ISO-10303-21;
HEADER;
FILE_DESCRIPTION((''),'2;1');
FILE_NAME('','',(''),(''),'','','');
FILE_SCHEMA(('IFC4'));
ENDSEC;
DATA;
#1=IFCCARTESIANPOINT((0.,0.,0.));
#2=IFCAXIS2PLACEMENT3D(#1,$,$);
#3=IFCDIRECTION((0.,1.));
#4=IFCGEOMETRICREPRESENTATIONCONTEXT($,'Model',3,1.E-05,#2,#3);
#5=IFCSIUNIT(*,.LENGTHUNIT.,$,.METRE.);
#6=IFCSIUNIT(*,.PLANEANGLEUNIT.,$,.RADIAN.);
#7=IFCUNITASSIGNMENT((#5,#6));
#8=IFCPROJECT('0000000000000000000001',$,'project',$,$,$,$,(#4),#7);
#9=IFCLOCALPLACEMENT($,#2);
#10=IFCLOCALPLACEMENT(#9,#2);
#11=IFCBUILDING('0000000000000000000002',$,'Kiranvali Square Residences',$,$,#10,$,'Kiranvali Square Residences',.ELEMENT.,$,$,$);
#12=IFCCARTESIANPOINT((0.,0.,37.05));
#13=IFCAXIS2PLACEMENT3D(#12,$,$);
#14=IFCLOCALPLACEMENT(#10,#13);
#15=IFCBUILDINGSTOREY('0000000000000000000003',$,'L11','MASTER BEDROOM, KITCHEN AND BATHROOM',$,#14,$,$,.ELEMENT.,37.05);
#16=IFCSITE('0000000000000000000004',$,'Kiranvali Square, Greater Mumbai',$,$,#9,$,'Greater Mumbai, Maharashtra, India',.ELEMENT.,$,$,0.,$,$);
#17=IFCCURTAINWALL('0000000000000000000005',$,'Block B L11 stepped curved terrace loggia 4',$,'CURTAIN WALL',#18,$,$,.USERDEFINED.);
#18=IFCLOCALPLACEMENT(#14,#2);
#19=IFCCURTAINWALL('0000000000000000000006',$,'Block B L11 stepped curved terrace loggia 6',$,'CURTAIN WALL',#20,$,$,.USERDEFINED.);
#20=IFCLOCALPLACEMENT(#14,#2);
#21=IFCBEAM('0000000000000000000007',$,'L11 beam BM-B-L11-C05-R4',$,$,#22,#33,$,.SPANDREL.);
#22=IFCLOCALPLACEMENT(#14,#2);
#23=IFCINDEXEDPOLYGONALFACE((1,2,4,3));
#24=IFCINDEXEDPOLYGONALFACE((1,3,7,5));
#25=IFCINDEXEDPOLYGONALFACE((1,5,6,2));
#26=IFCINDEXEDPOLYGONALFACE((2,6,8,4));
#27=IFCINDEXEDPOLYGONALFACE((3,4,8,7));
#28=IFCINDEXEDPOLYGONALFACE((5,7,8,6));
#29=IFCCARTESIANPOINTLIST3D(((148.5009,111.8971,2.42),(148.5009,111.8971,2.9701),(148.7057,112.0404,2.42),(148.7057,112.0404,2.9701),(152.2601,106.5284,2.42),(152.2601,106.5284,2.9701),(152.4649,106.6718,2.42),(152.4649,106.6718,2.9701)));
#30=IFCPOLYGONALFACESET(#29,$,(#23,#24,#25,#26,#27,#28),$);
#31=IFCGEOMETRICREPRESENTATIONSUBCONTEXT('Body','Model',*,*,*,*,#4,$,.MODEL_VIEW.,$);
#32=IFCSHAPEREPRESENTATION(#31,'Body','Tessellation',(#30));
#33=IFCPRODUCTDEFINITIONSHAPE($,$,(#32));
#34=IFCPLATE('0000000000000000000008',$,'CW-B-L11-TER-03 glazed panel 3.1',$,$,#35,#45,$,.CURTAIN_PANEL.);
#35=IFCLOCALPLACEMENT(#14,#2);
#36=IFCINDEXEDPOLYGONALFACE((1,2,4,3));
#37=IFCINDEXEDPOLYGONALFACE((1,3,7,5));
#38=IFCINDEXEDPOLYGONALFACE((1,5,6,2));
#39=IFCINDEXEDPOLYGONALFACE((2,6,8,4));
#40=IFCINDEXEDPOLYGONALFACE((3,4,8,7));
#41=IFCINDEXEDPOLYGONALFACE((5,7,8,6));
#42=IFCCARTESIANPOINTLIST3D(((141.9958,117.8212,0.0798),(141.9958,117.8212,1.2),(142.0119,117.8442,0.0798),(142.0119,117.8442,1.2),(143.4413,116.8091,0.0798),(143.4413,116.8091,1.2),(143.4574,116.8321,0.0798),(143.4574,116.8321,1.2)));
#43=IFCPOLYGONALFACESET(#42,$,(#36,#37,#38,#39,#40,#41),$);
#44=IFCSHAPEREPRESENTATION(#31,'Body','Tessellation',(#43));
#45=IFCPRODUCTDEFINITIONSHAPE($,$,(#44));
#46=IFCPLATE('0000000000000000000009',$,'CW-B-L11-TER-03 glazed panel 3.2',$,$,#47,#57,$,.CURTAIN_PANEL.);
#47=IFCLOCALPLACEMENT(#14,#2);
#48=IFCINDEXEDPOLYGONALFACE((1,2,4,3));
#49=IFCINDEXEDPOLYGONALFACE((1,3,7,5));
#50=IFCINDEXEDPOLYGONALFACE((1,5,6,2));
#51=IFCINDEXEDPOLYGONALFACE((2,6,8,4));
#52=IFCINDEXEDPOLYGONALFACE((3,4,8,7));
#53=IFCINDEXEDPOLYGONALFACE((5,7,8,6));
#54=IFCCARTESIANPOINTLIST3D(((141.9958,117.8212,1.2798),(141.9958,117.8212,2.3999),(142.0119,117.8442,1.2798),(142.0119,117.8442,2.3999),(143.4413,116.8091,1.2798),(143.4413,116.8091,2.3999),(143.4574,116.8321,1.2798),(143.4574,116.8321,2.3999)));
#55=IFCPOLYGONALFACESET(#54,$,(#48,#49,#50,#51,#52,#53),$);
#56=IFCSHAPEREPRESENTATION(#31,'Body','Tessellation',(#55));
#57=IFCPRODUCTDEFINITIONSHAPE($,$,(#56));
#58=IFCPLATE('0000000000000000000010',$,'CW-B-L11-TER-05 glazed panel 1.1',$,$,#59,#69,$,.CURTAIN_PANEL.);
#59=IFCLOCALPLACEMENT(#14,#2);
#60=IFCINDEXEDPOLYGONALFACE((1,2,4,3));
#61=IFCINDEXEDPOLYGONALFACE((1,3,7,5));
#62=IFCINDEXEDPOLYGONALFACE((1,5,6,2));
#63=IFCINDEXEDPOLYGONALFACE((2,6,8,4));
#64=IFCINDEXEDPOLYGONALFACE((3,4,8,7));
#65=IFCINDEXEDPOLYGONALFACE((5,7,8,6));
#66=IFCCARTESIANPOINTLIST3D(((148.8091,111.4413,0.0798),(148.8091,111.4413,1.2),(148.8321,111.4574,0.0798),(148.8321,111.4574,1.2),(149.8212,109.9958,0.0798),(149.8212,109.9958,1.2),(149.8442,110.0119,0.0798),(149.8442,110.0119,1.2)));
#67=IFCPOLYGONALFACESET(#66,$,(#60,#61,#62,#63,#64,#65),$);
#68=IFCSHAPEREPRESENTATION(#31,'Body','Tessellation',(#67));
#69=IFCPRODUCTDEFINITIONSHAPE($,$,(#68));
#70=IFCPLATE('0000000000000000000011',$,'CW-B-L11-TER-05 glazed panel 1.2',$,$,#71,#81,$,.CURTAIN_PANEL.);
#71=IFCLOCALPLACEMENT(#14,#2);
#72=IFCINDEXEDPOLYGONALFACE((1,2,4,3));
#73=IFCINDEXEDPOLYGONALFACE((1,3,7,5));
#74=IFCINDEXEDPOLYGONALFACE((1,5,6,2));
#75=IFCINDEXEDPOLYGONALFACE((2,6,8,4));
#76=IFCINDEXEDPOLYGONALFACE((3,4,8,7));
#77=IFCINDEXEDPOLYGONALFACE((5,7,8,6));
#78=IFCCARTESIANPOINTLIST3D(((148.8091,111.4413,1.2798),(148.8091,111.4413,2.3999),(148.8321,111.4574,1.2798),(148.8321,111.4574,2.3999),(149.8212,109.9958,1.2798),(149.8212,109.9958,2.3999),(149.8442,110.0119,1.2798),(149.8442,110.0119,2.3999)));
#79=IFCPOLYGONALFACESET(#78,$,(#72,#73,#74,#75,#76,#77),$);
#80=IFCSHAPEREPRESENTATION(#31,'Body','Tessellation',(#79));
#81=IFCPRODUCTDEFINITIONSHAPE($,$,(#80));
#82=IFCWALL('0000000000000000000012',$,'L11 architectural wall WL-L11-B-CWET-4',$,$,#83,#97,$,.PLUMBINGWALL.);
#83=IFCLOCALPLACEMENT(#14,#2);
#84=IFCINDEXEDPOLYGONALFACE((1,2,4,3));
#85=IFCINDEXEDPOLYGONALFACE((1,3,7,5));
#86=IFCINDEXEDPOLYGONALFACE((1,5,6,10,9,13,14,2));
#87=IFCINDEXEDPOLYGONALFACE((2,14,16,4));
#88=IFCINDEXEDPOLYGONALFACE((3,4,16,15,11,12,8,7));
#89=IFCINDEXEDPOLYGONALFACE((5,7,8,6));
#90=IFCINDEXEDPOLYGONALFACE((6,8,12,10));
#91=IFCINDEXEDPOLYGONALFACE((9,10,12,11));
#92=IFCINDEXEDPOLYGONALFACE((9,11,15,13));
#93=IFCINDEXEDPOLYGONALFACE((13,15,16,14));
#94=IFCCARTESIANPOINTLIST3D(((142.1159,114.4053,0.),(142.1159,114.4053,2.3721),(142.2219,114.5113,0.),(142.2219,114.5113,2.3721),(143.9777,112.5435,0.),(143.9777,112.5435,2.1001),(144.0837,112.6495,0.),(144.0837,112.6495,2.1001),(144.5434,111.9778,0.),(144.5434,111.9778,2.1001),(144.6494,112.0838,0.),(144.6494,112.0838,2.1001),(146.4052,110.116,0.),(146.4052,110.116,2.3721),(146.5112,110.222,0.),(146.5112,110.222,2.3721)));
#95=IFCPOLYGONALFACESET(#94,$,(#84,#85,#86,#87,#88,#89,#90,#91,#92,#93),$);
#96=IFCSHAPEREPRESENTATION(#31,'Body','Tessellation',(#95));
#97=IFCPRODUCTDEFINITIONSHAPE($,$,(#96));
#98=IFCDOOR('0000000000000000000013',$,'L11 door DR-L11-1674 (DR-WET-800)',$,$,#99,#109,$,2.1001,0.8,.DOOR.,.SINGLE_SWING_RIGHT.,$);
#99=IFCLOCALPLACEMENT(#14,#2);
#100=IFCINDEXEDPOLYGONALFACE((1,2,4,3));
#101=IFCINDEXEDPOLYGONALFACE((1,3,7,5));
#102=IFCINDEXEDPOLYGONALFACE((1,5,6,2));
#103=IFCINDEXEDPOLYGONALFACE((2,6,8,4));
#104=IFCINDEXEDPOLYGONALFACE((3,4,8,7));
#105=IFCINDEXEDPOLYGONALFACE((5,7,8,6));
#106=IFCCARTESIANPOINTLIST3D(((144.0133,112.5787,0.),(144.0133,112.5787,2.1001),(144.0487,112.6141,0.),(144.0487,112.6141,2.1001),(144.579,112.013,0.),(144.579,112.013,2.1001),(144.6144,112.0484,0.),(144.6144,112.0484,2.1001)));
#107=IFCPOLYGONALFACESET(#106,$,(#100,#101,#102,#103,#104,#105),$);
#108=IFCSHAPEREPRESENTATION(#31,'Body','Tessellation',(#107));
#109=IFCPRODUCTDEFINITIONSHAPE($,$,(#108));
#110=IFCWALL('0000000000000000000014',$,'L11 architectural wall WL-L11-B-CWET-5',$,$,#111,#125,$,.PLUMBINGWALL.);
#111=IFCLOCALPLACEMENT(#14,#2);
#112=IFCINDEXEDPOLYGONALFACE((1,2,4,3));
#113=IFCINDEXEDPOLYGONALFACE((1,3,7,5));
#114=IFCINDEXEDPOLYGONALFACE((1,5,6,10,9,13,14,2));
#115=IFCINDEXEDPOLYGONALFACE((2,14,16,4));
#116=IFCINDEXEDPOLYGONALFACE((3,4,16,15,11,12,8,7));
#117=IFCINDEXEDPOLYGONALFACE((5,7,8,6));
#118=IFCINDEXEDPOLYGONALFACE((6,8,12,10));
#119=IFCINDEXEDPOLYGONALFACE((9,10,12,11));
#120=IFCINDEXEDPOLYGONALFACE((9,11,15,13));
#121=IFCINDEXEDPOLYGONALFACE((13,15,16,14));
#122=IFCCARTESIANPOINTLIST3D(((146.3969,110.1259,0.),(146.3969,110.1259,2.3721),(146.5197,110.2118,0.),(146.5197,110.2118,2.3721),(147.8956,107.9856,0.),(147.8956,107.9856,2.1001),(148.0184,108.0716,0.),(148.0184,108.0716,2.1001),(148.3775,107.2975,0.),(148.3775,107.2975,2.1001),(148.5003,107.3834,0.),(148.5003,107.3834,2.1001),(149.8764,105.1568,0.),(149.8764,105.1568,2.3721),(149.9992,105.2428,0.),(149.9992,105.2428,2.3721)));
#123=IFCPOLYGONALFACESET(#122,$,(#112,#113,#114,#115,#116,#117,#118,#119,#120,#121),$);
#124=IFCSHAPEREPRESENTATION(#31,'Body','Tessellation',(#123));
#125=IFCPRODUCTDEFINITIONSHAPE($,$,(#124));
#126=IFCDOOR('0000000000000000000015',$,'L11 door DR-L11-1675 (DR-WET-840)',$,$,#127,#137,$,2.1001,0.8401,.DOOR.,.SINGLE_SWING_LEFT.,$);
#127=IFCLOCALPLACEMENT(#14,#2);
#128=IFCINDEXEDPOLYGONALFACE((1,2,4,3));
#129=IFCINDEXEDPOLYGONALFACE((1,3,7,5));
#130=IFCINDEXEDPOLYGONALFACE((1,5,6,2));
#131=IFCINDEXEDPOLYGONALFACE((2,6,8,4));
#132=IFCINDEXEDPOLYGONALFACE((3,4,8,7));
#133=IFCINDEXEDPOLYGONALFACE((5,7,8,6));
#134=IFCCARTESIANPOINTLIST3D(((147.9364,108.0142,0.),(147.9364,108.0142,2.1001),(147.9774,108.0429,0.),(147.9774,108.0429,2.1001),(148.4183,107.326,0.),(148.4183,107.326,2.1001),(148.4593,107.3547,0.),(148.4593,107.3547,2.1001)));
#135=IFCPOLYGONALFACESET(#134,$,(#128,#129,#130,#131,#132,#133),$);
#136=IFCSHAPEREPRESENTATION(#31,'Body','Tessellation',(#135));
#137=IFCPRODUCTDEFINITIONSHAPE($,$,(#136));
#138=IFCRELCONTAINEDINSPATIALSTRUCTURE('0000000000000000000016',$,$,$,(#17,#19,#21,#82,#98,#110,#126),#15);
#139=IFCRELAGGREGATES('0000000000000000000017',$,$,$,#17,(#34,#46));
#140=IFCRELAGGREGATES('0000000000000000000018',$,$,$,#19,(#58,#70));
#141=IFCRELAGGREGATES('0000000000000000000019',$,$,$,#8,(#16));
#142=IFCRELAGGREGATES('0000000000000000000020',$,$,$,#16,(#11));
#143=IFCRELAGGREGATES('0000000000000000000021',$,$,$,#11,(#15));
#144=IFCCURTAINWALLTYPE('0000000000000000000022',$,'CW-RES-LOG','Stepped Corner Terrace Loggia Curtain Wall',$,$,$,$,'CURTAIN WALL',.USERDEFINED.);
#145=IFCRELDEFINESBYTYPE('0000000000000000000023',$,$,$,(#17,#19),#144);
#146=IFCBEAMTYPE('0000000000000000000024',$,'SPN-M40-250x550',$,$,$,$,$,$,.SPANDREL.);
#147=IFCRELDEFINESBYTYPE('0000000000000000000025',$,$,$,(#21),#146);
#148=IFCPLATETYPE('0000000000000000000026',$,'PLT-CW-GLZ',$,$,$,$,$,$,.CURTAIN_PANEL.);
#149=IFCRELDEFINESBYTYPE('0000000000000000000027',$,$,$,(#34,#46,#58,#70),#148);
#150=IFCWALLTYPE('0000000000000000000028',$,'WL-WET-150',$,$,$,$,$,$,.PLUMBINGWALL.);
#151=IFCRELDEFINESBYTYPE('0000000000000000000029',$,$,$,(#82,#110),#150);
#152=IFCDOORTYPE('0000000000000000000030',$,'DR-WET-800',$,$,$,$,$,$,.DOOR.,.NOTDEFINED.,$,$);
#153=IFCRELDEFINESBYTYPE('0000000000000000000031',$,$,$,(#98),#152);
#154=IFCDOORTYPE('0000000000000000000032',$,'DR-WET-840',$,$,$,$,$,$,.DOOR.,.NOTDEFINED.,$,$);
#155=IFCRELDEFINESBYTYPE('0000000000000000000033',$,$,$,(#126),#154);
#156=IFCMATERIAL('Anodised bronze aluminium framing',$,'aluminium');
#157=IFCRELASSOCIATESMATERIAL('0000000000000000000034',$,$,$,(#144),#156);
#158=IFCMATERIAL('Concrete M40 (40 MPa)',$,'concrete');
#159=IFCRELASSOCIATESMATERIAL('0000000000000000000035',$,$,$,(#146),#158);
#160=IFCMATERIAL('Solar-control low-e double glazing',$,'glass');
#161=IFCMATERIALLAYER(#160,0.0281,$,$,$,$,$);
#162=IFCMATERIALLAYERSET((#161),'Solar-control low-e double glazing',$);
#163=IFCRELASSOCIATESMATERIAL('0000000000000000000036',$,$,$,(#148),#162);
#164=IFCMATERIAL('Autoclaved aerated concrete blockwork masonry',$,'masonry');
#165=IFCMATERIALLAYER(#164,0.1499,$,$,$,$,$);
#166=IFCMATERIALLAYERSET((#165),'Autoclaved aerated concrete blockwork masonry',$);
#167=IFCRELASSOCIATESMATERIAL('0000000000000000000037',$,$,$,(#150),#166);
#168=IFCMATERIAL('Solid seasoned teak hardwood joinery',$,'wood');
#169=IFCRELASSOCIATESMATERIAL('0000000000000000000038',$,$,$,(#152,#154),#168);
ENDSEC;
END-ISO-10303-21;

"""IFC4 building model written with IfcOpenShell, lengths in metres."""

from ifc_helpers import new_model, si_unit, direction, frame, frame_2d, origin, origin_2d, place, context, subcontext, project, spatial, rectangle, extrude, material, layer, layer_set, material_profile, profile_set, type_object, element, fill, aggregate, save


model = new_model("IFC4")

# Units and contexts
model_context = context("Model", 3, precision=1e-05, world=origin(), true_north=direction((0.0, 1.0)))
body_context = subcontext(model_context, "Body", "Model", "MODEL_VIEW")
ifc_project = project(units=[si_unit("LENGTHUNIT", "METRE"), si_unit("PLANEANGLEUNIT", "RADIAN")], contexts=[model_context])

# Site, building, storey
site_placement = place(None, origin())
site = spatial("IfcSite", under=ifc_project, at=site_placement, Name="Kiranvali Square, Greater Mumbai", LongName="Greater Mumbai, Maharashtra, India", CompositionType="ELEMENT", RefElevation=0.0)
building_placement = place(site_placement, origin())
building = spatial("IfcBuilding", under=site, at=building_placement, Name="Kiranvali Square Residences", LongName="Kiranvali Square Residences", CompositionType="ELEMENT")
storey_placement = place(building_placement, frame((0.0, 0.0, 37.05)))
storey = spatial("IfcBuildingStorey", under=building, at=storey_placement, Name="L11", Description="MASTER BEDROOM, KITCHEN AND BATHROOM", CompositionType="ELEMENT", Elevation=37.05)

# Shared definitions
ifc_material_1 = material(Name="Concrete M40 (40 MPa)", Category="concrete")

# Curtain walls
ifc_material_2 = material(Name="Anodised bronze aluminium framing", Category="aluminium")
curtain_wall_type = type_object("IfcCurtainWallType", Name="CW-RES-LOG", Description="Stepped Corner Terrace Loggia Curtain Wall", ElementType="CURTAIN WALL", PredefinedType="USERDEFINED", material=ifc_material_2)
curtain_wall_1_placement = place(storey_placement, origin())
curtain_wall_1 = element("IfcCurtainWall", 1, at=curtain_wall_1_placement, inside=storey, type_object=curtain_wall_type, Name="Block B L11 stepped curved terrace loggia 4", ObjectType="CURTAIN WALL", PredefinedType="USERDEFINED")
curtain_wall_2_placement = place(storey_placement, origin())
curtain_wall_2 = element("IfcCurtainWall", 2, at=curtain_wall_2_placement, inside=storey, type_object=curtain_wall_type, Name="Block B L11 stepped curved terrace loggia 6", ObjectType="CURTAIN WALL", PredefinedType="USERDEFINED")

# Beam
ifc_material_profile_1 = material_profile(ifc_material_1, rectangle(XDim=0.25, YDim=0.55, at=origin_2d()), Name="RC 250x550")
ifc_profile_set_1 = profile_set([ifc_material_profile_1], Name="Concrete M40 (40 MPa)")
beam_type_1 = type_object("IfcBeamType", Name="SPN-M40-250x550", PredefinedType="SPANDREL", material=ifc_profile_set_1)
beam_1_placement = place(storey_placement, frame((148.6033, 111.9688, 2.6951), z_axis=(0.573587, -0.819144, 0.0), x_axis=(0.819144, 0.573587, 0.0)))
element("IfcBeam", 3, at=beam_1_placement, inside=storey, type_object=beam_type_1, Name="L11 beam BM-B-L11-C05-R4", PredefinedType="SPANDREL", context=body_context, shape_type="SweptSolid", body=[
    extrude(rectangle(XDim=0.25, YDim=0.55, at=origin_2d()), origin(), (0.0, 0.0, 1.0), 6.554),
])

# Plates
ifc_material_3 = material(Name="Solar-control low-e double glazing", Category="glass")
ifc_layer_1 = layer(ifc_material_3, 0.0281)
ifc_layer_set_1 = layer_set([ifc_layer_1], Name="Solar-control low-e double glazing")
plate_type = type_object("IfcPlateType", Name="PLT-CW-GLZ", PredefinedType="CURTAIN_PANEL", material=ifc_layer_set_1)
plate_1_placement = place(storey_placement, frame((142.7266, 117.3267, 0.0798), z_axis=(0.0, 0.0, 1.0), x_axis=(0.819152, -0.573576, 0.0)))
plate_1 = element("IfcPlate", 4, at=plate_1_placement, type_object=plate_type, Name="CW-B-L11-TER-03 glazed panel 3.1", PredefinedType="CURTAIN_PANEL", context=body_context, shape_type="SweptSolid", body=[
    extrude(rectangle(XDim=1.7646, YDim=0.0281, at=origin_2d()), origin(), (0.0, 0.0, 1.0), 1.1201),
])
plate_2_placement = place(storey_placement, frame((142.7266, 117.3267, 1.2798), z_axis=(0.0, 0.0, 1.0), x_axis=(0.819152, -0.573576, 0.0)))
plate_2 = element("IfcPlate", 5, at=plate_2_placement, type_object=plate_type, Name="CW-B-L11-TER-03 glazed panel 3.2", PredefinedType="CURTAIN_PANEL", context=body_context, shape_type="SweptSolid", body=[
    extrude(rectangle(XDim=1.7646, YDim=0.0281, at=origin_2d()), origin(), (0.0, 0.0, 1.0), 1.1201),
])
aggregate(curtain_wall_1, [plate_1, plate_2])
plate_3_placement = place(storey_placement, frame((149.3267, 110.7266, 0.0798), z_axis=(0.0, 0.0, 1.0), x_axis=(0.573576, -0.819152, 0.0)))
plate_3 = element("IfcPlate", 6, at=plate_3_placement, type_object=plate_type, Name="CW-B-L11-TER-05 glazed panel 1.1", PredefinedType="CURTAIN_PANEL", context=body_context, shape_type="SweptSolid", body=[
    extrude(rectangle(XDim=1.7646, YDim=0.0281, at=origin_2d()), origin(), (0.0, 0.0, 1.0), 1.1201),
])
plate_4_placement = place(storey_placement, frame((149.3267, 110.7266, 1.2798), z_axis=(0.0, 0.0, 1.0), x_axis=(0.573576, -0.819152, 0.0)))
plate_4 = element("IfcPlate", 7, at=plate_4_placement, type_object=plate_type, Name="CW-B-L11-TER-05 glazed panel 1.2", PredefinedType="CURTAIN_PANEL", context=body_context, shape_type="SweptSolid", body=[
    extrude(rectangle(XDim=1.7646, YDim=0.0281, at=origin_2d()), origin(), (0.0, 0.0, 1.0), 1.1201),
])
aggregate(curtain_wall_2, [plate_3, plate_4])

# Walls, openings, doors
ifc_material_4 = material(Name="Autoclaved aerated concrete blockwork masonry", Category="masonry")
ifc_layer_2 = layer(ifc_material_4, 0.1499)
ifc_layer_set_2 = layer_set([ifc_layer_2], Name="Autoclaved aerated concrete blockwork masonry")
wall_type_1 = type_object("IfcWallType", Name="WL-WET-150", PredefinedType="PLUMBINGWALL", material=ifc_layer_set_2)
wall_1_placement = place(storey_placement, frame((142.1689, 114.4583, 0.0), z_axis=(0.0, 0.0, 1.0), x_axis=(0.707107, -0.707107, 0.0)))
wall_1 = element("IfcWall", 8, at=wall_1_placement, inside=storey, type_object=wall_type_1, Name="L11 architectural wall WL-L11-B-CWET-4", PredefinedType="PLUMBINGWALL", context=body_context, shape_type="SweptSolid", body=[
    extrude(rectangle(XDim=6.0659, YDim=0.1499, at=frame_2d((3.033, 0.0))), origin(), (0.0, 0.0, 1.0), 2.3721),
])
opening_1_placement = place(wall_1_placement, frame((2.6331, 0.0, 0.0)))
opening_1 = element("IfcOpeningElement", 9, at=opening_1_placement, cuts=wall_1, PredefinedType="OPENING", context=body_context, shape_type="SweptSolid", body=[
    extrude(rectangle(XDim=0.8, YDim=2.1001, at=frame_2d((0.3999, 1.05))), frame((0.0, 0.085, 0.0), z_axis=(0.0, -1.0, 0.0), x_axis=(1.0, 0.0, 0.0)), (0.0, 0.0, 1.0), 0.1699),
])
ifc_material_5 = material(Name="Solid seasoned teak hardwood joinery", Category="wood")
door_type_1 = type_object("IfcDoorType", Name="DR-WET-800", OperationType="NOTDEFINED", PredefinedType="DOOR", material=ifc_material_5)
door_1_placement = place(opening_1_placement, frame((0.8, 0.0, 0.0), z_axis=(0.0, 0.0, 1.0), x_axis=(-1.0, 0.0, 0.0)))
door_1 = element("IfcDoor", 10, at=door_1_placement, inside=storey, type_object=door_type_1, Name="L11 door DR-L11-1674 (DR-WET-800)", OperationType="SINGLE_SWING_RIGHT", OverallHeight=2.1001, OverallWidth=0.8, PredefinedType="DOOR", context=body_context, shape_type="SweptSolid", body=[
    extrude(rectangle(XDim=0.8, YDim=2.1001, at=frame_2d((0.3999, 1.05))), frame((0.0, 0.0249, 0.0), z_axis=(0.0, -1.0, 0.0), x_axis=(1.0, 0.0, 0.0)), (0.0, 0.0, 1.0), 0.05),
])
fill(opening_1, door_1)
wall_2_placement = place(storey_placement, frame((146.4583, 110.1689, 0.0), z_axis=(0.0, 0.0, 1.0), x_axis=(0.573595, -0.819139, 0.0)))
wall_2 = element("IfcWall", 11, at=wall_2_placement, inside=storey, type_object=wall_type_1, Name="L11 architectural wall WL-L11-B-CWET-5", PredefinedType="PLUMBINGWALL", context=body_context, shape_type="SweptSolid", body=[
    extrude(rectangle(XDim=6.0662, YDim=0.1499, at=frame_2d((3.0332, 0.0))), origin(), (0.0, 0.0, 1.0), 2.3721),
])
opening_2_placement = place(wall_2_placement, frame((2.613, 0.0, 0.0)))
opening_2 = element("IfcOpeningElement", 12, at=opening_2_placement, cuts=wall_2, PredefinedType="OPENING", context=body_context, shape_type="SweptSolid", body=[
    extrude(rectangle(XDim=0.8401, YDim=2.1001, at=frame_2d((0.4199, 1.05))), frame((0.0, 0.085, 0.0), z_axis=(0.0, -1.0, 0.0), x_axis=(1.0, 0.0, 0.0)), (0.0, 0.0, 1.0), 0.1699),
])
door_type_2 = type_object("IfcDoorType", Name="DR-WET-840", OperationType="NOTDEFINED", PredefinedType="DOOR", material=ifc_material_5)
door_2_placement = place(opening_2_placement, origin())
door_2 = element("IfcDoor", 13, at=door_2_placement, inside=storey, type_object=door_type_2, Name="L11 door DR-L11-1675 (DR-WET-840)", OperationType="SINGLE_SWING_LEFT", OverallHeight=2.1001, OverallWidth=0.8401, PredefinedType="DOOR", context=body_context, shape_type="SweptSolid", body=[
    extrude(rectangle(XDim=0.8401, YDim=2.1001, at=frame_2d((0.4199, 1.05))), frame((0.0, 0.0249, 0.0), z_axis=(0.0, -1.0, 0.0), x_axis=(1.0, 0.0, 0.0)), (0.0, 0.0, 1.0), 0.05),
])
fill(opening_2, door_2)

save(model, "model.ifc")
